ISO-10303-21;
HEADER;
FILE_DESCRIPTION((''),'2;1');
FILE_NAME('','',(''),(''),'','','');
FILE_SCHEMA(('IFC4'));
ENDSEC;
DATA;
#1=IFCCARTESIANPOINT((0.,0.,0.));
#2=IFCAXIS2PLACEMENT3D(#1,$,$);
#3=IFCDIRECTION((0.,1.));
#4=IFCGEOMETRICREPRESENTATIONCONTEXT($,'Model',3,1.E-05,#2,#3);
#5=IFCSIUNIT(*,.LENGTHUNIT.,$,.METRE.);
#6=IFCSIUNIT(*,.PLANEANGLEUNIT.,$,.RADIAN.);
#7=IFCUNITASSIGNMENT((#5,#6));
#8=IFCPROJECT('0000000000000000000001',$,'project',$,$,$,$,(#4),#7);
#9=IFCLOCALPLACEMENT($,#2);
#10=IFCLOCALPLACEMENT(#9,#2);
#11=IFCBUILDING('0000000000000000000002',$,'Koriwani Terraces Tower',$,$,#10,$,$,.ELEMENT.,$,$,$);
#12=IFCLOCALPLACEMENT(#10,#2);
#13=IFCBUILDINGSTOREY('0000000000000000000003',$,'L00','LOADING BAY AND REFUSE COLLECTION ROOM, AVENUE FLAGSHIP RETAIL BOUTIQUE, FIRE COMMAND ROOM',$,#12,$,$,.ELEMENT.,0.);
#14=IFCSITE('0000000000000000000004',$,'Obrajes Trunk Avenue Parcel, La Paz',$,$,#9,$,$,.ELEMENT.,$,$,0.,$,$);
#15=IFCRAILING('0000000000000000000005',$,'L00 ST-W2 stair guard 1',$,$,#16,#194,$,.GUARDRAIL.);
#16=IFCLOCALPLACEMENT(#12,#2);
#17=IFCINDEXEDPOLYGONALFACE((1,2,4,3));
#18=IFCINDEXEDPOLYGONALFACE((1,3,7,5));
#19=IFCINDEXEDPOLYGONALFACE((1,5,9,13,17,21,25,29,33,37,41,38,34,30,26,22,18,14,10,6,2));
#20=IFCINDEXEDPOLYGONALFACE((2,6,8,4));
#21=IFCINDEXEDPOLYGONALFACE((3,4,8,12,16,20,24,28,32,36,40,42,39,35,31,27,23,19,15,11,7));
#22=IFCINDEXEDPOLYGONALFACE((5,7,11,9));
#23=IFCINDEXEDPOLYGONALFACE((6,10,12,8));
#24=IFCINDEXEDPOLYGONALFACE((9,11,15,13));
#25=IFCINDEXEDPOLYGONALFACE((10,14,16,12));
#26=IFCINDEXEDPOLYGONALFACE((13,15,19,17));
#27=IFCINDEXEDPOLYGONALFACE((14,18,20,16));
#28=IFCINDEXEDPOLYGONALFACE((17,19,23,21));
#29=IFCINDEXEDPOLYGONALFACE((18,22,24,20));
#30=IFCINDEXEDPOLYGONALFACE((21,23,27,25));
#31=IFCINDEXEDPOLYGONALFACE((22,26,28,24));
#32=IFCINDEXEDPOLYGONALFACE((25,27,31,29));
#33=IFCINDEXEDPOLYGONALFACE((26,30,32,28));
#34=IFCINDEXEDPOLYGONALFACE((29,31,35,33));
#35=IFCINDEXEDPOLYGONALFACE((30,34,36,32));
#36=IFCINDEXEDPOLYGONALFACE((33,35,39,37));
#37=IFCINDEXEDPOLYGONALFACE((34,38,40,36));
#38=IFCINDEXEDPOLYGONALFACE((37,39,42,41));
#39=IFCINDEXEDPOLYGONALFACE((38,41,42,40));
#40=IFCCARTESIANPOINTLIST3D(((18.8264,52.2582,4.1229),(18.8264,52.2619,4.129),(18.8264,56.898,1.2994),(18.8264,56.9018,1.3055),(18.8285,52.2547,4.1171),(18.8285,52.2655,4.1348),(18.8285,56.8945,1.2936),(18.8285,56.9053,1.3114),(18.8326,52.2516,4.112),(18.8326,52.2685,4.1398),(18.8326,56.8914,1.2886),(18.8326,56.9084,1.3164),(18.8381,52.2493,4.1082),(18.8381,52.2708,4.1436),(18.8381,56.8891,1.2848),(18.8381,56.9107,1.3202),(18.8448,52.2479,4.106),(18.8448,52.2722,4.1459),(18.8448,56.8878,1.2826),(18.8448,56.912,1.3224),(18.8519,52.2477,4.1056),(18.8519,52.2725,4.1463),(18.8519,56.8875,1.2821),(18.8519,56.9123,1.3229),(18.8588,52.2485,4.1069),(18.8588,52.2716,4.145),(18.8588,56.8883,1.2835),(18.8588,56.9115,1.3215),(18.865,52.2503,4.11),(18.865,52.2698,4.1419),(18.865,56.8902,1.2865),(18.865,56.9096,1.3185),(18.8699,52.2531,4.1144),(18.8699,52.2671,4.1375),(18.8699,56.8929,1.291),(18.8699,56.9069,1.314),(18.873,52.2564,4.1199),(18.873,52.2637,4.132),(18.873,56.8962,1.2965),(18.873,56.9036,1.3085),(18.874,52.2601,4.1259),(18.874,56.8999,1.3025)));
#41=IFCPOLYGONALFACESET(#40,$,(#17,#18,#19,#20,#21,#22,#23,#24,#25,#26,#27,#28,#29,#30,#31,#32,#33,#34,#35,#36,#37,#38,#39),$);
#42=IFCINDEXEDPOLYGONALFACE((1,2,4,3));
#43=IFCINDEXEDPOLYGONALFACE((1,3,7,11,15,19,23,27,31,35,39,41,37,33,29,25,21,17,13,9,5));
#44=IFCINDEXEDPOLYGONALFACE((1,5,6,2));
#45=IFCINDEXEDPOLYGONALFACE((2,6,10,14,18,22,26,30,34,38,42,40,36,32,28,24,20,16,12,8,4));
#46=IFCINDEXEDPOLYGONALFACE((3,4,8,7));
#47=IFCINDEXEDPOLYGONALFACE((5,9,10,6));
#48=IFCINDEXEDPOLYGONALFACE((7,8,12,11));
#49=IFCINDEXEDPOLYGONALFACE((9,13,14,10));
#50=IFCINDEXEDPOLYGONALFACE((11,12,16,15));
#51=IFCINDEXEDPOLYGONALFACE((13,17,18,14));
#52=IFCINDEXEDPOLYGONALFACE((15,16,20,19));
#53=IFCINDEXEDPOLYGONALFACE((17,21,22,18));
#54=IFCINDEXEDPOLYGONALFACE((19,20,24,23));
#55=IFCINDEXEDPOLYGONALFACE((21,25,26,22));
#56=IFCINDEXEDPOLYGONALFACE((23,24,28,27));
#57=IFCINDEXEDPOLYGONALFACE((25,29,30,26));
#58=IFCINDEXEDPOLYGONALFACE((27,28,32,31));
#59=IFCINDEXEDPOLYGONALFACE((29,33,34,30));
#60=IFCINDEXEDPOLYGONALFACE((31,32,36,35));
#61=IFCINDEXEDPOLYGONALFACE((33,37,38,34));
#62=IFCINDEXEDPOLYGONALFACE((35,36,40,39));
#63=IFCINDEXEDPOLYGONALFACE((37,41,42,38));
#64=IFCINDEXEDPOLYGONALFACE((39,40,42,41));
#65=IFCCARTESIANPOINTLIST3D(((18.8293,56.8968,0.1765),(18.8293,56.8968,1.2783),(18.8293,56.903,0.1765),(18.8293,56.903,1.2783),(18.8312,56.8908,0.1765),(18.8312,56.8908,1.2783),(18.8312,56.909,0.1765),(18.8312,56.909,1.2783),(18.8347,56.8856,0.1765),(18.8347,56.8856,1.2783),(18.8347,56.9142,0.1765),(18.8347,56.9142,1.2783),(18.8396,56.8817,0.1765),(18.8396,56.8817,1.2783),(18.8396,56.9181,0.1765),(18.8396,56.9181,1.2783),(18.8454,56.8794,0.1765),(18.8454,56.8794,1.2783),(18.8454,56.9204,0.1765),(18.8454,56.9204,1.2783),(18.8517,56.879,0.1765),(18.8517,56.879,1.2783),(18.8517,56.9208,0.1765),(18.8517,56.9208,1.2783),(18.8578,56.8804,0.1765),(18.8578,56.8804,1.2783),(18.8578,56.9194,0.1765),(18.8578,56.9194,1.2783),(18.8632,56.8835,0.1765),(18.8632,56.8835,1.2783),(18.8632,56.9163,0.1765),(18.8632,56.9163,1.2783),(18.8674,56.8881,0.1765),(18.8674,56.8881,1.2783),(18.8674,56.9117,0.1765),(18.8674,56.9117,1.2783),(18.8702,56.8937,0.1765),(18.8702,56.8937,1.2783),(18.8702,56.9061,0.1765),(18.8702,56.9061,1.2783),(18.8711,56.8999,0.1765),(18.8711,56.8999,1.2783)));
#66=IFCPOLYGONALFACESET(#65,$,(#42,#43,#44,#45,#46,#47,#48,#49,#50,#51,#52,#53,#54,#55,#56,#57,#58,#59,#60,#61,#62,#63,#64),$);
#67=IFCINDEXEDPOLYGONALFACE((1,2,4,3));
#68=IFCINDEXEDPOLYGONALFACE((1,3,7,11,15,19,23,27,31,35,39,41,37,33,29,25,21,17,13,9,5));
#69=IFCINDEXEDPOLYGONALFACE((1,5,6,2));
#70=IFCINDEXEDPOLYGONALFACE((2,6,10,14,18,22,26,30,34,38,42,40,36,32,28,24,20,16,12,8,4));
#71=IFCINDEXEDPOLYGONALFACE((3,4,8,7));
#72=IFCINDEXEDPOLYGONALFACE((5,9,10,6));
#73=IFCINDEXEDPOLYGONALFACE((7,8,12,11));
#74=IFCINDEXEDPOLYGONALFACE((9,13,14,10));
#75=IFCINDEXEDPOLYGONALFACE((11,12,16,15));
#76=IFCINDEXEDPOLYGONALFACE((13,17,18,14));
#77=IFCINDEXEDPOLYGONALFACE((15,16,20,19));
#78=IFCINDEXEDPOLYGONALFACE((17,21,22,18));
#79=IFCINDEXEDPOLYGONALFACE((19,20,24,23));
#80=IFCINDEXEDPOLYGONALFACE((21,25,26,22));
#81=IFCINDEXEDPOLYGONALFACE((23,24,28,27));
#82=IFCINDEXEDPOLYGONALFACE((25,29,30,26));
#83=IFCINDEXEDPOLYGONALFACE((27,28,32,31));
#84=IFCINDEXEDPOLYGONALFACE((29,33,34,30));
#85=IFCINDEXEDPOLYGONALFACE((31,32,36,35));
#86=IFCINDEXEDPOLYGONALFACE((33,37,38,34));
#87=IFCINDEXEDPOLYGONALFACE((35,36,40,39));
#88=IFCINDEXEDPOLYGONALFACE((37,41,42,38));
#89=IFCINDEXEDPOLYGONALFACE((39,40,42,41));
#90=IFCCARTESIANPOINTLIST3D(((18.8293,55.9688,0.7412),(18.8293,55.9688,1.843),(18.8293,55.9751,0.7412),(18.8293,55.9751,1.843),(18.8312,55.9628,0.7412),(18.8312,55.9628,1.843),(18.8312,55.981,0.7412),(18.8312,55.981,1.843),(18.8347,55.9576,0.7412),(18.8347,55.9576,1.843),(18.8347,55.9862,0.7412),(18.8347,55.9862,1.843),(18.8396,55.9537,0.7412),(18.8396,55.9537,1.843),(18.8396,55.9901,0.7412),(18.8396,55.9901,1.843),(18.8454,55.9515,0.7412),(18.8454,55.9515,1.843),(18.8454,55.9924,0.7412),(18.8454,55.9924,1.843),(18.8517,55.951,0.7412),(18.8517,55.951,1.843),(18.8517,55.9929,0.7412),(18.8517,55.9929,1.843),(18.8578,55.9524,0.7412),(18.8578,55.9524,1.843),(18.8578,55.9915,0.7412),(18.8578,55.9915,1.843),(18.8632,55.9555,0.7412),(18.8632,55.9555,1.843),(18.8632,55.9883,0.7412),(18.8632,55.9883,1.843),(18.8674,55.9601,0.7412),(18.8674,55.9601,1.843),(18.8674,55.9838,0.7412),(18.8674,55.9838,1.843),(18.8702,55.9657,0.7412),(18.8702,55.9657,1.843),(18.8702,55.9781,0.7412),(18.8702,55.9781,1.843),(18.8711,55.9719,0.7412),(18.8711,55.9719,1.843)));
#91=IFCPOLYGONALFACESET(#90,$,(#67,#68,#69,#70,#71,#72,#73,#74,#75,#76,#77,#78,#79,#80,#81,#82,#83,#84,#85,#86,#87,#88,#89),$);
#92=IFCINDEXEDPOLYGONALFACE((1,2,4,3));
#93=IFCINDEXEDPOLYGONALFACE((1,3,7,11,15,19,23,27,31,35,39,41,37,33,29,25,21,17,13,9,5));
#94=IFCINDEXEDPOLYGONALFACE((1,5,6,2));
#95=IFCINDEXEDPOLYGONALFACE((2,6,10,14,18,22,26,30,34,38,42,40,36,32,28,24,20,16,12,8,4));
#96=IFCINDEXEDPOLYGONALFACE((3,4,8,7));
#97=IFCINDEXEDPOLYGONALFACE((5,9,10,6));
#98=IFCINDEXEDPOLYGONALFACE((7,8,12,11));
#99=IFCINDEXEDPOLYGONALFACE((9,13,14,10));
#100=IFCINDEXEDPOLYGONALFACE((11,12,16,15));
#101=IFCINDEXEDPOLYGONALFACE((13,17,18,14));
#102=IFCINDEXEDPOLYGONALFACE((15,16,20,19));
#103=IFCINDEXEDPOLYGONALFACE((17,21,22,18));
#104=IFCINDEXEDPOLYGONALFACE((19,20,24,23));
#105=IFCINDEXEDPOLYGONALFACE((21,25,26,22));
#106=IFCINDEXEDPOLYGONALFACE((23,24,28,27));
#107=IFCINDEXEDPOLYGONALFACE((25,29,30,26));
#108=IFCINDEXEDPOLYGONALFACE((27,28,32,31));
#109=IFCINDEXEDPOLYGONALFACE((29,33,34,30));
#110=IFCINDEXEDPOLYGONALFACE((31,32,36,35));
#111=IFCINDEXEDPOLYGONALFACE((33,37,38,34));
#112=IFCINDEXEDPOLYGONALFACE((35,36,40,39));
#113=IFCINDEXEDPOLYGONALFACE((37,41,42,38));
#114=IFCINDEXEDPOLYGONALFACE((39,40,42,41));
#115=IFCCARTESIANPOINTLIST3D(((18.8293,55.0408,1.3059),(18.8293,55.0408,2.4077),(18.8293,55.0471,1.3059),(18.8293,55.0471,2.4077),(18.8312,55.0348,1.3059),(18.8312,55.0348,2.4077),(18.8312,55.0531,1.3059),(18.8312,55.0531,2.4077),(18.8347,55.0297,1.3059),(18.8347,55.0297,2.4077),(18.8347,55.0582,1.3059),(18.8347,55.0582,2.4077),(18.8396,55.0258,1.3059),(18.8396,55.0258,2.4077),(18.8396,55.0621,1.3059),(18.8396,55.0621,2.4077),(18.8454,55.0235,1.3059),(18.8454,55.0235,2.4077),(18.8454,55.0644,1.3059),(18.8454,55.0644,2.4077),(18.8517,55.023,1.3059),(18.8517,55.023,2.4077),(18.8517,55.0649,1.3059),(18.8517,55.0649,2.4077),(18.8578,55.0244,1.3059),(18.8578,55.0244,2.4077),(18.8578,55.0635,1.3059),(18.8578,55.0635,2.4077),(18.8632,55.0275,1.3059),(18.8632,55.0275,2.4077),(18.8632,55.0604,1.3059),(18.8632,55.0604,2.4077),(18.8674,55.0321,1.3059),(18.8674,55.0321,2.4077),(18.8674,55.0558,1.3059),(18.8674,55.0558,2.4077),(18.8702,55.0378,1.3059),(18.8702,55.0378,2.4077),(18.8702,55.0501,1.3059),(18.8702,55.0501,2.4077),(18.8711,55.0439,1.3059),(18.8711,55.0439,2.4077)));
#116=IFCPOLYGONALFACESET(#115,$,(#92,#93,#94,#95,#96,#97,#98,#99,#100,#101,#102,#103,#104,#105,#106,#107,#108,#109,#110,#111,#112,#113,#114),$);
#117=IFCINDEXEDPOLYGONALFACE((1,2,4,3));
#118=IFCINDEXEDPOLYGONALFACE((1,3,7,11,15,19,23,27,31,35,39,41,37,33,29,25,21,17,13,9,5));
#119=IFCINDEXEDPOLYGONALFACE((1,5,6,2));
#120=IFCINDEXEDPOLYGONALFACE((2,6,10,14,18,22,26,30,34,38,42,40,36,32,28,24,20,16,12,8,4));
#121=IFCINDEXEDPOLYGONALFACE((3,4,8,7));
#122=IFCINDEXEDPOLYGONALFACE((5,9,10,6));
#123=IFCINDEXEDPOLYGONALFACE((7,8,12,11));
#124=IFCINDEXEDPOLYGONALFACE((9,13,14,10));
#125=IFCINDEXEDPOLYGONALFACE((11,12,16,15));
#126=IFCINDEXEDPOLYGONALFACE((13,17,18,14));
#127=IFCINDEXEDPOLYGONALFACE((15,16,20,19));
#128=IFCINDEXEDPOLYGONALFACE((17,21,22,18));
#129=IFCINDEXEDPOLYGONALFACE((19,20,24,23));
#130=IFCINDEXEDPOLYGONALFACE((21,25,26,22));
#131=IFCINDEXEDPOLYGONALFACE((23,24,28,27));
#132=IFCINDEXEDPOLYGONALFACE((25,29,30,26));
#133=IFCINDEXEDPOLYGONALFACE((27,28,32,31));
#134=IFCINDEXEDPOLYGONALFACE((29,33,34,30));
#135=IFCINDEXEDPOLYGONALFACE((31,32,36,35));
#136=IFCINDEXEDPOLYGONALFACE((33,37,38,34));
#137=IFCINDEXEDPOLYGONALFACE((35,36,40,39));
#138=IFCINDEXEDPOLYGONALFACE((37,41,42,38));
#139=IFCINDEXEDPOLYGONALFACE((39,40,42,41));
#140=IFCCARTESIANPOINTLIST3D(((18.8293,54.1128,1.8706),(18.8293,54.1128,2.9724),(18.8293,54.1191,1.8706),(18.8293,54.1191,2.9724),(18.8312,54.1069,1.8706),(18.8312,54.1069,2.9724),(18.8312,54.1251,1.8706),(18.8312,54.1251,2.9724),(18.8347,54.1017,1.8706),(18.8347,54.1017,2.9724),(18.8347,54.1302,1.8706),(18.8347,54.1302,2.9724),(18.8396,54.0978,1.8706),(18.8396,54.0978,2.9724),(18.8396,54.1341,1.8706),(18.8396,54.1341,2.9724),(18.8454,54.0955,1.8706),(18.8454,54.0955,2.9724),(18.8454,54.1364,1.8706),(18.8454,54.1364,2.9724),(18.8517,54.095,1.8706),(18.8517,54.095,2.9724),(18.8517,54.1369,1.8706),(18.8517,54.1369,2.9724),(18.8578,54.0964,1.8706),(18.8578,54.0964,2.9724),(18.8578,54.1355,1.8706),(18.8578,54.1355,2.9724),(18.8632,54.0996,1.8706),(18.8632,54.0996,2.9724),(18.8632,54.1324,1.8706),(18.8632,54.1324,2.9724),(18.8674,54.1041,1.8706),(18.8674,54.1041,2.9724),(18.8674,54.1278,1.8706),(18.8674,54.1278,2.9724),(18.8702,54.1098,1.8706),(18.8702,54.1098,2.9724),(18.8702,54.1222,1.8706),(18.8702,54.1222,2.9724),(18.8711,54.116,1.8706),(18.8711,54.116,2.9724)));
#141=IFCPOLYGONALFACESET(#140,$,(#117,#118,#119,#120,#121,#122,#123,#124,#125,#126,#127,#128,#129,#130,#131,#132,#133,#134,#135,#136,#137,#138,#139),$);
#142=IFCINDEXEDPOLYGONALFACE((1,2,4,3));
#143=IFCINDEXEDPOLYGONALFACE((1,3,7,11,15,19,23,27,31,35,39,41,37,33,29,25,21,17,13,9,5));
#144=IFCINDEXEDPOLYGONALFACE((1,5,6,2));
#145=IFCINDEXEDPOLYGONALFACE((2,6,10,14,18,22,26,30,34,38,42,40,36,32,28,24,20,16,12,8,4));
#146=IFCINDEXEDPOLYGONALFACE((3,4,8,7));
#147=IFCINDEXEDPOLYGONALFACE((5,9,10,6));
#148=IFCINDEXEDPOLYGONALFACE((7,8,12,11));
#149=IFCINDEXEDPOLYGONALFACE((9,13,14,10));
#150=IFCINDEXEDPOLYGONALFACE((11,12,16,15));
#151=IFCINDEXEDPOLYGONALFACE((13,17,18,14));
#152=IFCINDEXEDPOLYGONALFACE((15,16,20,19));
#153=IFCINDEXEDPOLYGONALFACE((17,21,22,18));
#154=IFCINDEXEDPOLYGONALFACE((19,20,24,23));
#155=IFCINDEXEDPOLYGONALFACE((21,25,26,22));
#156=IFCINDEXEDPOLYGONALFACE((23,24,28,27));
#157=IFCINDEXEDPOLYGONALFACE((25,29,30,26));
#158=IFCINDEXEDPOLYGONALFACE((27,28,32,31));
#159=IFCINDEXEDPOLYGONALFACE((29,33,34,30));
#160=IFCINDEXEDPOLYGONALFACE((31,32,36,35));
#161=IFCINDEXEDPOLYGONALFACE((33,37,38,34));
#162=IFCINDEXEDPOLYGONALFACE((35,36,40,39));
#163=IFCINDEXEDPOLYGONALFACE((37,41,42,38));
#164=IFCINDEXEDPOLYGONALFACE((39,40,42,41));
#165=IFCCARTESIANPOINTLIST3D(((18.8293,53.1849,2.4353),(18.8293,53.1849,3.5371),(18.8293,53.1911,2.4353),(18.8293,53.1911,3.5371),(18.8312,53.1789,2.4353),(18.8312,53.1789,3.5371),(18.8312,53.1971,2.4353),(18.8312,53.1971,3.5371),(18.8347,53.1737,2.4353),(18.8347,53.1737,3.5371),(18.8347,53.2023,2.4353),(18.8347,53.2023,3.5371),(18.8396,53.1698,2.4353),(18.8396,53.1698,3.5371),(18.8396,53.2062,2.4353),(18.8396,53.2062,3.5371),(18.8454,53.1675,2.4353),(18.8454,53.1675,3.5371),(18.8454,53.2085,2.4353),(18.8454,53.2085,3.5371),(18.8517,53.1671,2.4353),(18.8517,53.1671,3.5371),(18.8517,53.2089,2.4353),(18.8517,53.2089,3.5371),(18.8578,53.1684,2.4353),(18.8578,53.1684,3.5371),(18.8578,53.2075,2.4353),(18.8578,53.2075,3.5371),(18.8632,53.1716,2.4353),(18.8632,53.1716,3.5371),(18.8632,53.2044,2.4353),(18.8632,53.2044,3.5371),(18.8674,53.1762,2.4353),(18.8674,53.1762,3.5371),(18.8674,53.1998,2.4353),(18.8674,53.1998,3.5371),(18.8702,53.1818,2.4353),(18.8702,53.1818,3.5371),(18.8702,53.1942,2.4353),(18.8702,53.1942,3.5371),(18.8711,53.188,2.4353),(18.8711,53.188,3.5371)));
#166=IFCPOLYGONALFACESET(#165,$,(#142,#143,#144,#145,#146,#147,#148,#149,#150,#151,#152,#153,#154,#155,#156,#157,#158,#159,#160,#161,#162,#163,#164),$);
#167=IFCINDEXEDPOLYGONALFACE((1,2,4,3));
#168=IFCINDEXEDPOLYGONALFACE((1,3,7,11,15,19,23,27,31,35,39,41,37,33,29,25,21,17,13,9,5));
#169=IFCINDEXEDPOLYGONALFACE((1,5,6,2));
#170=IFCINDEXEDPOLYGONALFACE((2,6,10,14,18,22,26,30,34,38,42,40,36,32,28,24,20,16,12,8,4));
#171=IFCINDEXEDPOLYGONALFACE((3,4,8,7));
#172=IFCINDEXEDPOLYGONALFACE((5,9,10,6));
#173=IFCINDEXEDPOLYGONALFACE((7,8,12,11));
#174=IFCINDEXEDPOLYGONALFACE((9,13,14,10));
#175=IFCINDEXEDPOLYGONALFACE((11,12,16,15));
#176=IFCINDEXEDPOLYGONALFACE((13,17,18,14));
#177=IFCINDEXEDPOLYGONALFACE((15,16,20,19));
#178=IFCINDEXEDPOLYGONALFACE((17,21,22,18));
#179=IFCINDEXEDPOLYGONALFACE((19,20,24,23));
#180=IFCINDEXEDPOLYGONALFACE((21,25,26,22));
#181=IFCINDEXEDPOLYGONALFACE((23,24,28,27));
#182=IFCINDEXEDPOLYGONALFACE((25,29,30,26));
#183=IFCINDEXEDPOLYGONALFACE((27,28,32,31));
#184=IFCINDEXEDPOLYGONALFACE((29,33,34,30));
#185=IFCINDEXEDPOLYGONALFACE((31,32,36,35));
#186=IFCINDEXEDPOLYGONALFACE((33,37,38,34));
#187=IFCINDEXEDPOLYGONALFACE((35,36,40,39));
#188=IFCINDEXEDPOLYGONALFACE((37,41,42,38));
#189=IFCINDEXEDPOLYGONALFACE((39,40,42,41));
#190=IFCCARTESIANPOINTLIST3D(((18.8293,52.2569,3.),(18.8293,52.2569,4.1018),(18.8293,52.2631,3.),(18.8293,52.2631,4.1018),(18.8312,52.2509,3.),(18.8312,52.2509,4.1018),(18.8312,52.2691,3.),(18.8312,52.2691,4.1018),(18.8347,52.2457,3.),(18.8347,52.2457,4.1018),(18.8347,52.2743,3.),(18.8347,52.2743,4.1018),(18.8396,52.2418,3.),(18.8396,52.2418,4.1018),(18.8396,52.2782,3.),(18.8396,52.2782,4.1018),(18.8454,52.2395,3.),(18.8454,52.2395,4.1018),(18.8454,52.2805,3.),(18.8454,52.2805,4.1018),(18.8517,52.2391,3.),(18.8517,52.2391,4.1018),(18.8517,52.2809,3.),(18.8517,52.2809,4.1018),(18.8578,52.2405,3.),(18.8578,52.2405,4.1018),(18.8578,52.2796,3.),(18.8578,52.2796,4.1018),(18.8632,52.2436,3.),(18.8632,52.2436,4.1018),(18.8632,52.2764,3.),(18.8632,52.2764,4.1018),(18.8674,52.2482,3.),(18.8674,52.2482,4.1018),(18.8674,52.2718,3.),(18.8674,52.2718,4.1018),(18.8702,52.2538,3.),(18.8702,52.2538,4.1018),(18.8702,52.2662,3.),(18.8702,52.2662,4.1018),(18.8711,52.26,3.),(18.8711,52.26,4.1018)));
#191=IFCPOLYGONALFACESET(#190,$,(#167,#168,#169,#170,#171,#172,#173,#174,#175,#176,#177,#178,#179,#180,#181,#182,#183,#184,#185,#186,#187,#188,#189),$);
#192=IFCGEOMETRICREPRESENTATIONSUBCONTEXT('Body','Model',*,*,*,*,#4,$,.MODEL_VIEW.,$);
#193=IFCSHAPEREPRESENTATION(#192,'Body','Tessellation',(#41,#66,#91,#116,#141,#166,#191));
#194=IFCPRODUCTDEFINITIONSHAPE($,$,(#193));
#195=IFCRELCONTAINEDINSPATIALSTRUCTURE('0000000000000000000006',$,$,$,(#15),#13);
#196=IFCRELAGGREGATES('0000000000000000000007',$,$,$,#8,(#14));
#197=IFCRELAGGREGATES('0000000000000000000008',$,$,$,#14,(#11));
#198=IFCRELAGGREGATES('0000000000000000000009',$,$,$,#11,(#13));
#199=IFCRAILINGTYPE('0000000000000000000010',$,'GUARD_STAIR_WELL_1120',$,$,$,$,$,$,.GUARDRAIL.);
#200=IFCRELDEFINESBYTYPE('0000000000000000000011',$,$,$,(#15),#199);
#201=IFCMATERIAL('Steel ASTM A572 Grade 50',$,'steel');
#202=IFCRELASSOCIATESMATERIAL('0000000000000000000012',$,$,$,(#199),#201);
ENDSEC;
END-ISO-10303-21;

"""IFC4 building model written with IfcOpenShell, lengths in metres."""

from ifc_helpers import new_model, si_unit, direction, frame, origin, origin_2d, place, context, subcontext, project, spatial, circle, extrude, material, type_object, element, save


model = new_model("IFC4")

# Units and contexts
model_context = context("Model", 3, precision=1e-05, world=origin(), true_north=direction((0.0, 1.0)))
body_context = subcontext(model_context, "Body", "Model", "MODEL_VIEW")
ifc_project = project(units=[si_unit("LENGTHUNIT", "METRE"), si_unit("PLANEANGLEUNIT", "RADIAN")], contexts=[model_context])

# Site, building, storey
site_placement = place(None, origin())
site = spatial("IfcSite", under=ifc_project, at=site_placement, Name="Obrajes Trunk Avenue Parcel, La Paz", CompositionType="ELEMENT", RefElevation=0.0)
building_placement = place(site_placement, origin())
building = spatial("IfcBuilding", under=site, at=building_placement, Name="Koriwani Terraces Tower", CompositionType="ELEMENT")
storey_placement = place(building_placement, origin())
storey = spatial("IfcBuildingStorey", under=building, at=storey_placement, Name="L00", Description="LOADING BAY AND REFUSE COLLECTION ROOM, AVENUE FLAGSHIP RETAIL BOUTIQUE, FIRE COMMAND ROOM", CompositionType="ELEMENT", Elevation=0.0)

# Shared definitions
ifc_material_1 = material(Name="Steel ASTM A572 Grade 50", Category="steel")

# Railing
railing_type_1 = type_object("IfcRailingType", Name="GUARD_STAIR_WELL_1120", PredefinedType="GUARDRAIL", material=ifc_material_1)
railing_1_placement = place(storey_placement, frame((18.8501, 56.8999, 0.1765)))
element("IfcRailing", 1, at=railing_1_placement, inside=storey, type_object=railing_type_1, Name="L00 ST-W2 stair guard 1", PredefinedType="GUARDRAIL", context=body_context, shape_type="SweptSolid", body=[
    extrude(circle(Radius=0.0239, at=origin_2d()), frame((0.0, 0.0, 1.126), z_axis=(0.0, -0.854264, 0.51984), x_axis=(1.0, 0.0, 0.0)), (0.0, 0.0, 1.0), 5.4314),
    extrude(circle(Radius=0.021, at=origin_2d()), origin(), (0.0, 0.0, 1.0), 1.1018),
    extrude(circle(Radius=0.021, at=origin_2d()), frame((0.0, -0.928, 0.5647)), (0.0, 0.0, 1.0), 1.1018),
    extrude(circle(Radius=0.021, at=origin_2d()), frame((0.0, -1.856, 1.1294)), (0.0, 0.0, 1.0), 1.1018),
    extrude(circle(Radius=0.021, at=origin_2d()), frame((0.0, -2.7839, 1.6941)), (0.0, 0.0, 1.0), 1.1018),
    extrude(circle(Radius=0.021, at=origin_2d()), frame((0.0, -3.7119, 2.2588)), (0.0, 0.0, 1.0), 1.1018),
    extrude(circle(Radius=0.021, at=origin_2d()), frame((0.0, -4.6399, 2.8235)), (0.0, 0.0, 1.0), 1.1018),
])

save(model, "model.ifc")
